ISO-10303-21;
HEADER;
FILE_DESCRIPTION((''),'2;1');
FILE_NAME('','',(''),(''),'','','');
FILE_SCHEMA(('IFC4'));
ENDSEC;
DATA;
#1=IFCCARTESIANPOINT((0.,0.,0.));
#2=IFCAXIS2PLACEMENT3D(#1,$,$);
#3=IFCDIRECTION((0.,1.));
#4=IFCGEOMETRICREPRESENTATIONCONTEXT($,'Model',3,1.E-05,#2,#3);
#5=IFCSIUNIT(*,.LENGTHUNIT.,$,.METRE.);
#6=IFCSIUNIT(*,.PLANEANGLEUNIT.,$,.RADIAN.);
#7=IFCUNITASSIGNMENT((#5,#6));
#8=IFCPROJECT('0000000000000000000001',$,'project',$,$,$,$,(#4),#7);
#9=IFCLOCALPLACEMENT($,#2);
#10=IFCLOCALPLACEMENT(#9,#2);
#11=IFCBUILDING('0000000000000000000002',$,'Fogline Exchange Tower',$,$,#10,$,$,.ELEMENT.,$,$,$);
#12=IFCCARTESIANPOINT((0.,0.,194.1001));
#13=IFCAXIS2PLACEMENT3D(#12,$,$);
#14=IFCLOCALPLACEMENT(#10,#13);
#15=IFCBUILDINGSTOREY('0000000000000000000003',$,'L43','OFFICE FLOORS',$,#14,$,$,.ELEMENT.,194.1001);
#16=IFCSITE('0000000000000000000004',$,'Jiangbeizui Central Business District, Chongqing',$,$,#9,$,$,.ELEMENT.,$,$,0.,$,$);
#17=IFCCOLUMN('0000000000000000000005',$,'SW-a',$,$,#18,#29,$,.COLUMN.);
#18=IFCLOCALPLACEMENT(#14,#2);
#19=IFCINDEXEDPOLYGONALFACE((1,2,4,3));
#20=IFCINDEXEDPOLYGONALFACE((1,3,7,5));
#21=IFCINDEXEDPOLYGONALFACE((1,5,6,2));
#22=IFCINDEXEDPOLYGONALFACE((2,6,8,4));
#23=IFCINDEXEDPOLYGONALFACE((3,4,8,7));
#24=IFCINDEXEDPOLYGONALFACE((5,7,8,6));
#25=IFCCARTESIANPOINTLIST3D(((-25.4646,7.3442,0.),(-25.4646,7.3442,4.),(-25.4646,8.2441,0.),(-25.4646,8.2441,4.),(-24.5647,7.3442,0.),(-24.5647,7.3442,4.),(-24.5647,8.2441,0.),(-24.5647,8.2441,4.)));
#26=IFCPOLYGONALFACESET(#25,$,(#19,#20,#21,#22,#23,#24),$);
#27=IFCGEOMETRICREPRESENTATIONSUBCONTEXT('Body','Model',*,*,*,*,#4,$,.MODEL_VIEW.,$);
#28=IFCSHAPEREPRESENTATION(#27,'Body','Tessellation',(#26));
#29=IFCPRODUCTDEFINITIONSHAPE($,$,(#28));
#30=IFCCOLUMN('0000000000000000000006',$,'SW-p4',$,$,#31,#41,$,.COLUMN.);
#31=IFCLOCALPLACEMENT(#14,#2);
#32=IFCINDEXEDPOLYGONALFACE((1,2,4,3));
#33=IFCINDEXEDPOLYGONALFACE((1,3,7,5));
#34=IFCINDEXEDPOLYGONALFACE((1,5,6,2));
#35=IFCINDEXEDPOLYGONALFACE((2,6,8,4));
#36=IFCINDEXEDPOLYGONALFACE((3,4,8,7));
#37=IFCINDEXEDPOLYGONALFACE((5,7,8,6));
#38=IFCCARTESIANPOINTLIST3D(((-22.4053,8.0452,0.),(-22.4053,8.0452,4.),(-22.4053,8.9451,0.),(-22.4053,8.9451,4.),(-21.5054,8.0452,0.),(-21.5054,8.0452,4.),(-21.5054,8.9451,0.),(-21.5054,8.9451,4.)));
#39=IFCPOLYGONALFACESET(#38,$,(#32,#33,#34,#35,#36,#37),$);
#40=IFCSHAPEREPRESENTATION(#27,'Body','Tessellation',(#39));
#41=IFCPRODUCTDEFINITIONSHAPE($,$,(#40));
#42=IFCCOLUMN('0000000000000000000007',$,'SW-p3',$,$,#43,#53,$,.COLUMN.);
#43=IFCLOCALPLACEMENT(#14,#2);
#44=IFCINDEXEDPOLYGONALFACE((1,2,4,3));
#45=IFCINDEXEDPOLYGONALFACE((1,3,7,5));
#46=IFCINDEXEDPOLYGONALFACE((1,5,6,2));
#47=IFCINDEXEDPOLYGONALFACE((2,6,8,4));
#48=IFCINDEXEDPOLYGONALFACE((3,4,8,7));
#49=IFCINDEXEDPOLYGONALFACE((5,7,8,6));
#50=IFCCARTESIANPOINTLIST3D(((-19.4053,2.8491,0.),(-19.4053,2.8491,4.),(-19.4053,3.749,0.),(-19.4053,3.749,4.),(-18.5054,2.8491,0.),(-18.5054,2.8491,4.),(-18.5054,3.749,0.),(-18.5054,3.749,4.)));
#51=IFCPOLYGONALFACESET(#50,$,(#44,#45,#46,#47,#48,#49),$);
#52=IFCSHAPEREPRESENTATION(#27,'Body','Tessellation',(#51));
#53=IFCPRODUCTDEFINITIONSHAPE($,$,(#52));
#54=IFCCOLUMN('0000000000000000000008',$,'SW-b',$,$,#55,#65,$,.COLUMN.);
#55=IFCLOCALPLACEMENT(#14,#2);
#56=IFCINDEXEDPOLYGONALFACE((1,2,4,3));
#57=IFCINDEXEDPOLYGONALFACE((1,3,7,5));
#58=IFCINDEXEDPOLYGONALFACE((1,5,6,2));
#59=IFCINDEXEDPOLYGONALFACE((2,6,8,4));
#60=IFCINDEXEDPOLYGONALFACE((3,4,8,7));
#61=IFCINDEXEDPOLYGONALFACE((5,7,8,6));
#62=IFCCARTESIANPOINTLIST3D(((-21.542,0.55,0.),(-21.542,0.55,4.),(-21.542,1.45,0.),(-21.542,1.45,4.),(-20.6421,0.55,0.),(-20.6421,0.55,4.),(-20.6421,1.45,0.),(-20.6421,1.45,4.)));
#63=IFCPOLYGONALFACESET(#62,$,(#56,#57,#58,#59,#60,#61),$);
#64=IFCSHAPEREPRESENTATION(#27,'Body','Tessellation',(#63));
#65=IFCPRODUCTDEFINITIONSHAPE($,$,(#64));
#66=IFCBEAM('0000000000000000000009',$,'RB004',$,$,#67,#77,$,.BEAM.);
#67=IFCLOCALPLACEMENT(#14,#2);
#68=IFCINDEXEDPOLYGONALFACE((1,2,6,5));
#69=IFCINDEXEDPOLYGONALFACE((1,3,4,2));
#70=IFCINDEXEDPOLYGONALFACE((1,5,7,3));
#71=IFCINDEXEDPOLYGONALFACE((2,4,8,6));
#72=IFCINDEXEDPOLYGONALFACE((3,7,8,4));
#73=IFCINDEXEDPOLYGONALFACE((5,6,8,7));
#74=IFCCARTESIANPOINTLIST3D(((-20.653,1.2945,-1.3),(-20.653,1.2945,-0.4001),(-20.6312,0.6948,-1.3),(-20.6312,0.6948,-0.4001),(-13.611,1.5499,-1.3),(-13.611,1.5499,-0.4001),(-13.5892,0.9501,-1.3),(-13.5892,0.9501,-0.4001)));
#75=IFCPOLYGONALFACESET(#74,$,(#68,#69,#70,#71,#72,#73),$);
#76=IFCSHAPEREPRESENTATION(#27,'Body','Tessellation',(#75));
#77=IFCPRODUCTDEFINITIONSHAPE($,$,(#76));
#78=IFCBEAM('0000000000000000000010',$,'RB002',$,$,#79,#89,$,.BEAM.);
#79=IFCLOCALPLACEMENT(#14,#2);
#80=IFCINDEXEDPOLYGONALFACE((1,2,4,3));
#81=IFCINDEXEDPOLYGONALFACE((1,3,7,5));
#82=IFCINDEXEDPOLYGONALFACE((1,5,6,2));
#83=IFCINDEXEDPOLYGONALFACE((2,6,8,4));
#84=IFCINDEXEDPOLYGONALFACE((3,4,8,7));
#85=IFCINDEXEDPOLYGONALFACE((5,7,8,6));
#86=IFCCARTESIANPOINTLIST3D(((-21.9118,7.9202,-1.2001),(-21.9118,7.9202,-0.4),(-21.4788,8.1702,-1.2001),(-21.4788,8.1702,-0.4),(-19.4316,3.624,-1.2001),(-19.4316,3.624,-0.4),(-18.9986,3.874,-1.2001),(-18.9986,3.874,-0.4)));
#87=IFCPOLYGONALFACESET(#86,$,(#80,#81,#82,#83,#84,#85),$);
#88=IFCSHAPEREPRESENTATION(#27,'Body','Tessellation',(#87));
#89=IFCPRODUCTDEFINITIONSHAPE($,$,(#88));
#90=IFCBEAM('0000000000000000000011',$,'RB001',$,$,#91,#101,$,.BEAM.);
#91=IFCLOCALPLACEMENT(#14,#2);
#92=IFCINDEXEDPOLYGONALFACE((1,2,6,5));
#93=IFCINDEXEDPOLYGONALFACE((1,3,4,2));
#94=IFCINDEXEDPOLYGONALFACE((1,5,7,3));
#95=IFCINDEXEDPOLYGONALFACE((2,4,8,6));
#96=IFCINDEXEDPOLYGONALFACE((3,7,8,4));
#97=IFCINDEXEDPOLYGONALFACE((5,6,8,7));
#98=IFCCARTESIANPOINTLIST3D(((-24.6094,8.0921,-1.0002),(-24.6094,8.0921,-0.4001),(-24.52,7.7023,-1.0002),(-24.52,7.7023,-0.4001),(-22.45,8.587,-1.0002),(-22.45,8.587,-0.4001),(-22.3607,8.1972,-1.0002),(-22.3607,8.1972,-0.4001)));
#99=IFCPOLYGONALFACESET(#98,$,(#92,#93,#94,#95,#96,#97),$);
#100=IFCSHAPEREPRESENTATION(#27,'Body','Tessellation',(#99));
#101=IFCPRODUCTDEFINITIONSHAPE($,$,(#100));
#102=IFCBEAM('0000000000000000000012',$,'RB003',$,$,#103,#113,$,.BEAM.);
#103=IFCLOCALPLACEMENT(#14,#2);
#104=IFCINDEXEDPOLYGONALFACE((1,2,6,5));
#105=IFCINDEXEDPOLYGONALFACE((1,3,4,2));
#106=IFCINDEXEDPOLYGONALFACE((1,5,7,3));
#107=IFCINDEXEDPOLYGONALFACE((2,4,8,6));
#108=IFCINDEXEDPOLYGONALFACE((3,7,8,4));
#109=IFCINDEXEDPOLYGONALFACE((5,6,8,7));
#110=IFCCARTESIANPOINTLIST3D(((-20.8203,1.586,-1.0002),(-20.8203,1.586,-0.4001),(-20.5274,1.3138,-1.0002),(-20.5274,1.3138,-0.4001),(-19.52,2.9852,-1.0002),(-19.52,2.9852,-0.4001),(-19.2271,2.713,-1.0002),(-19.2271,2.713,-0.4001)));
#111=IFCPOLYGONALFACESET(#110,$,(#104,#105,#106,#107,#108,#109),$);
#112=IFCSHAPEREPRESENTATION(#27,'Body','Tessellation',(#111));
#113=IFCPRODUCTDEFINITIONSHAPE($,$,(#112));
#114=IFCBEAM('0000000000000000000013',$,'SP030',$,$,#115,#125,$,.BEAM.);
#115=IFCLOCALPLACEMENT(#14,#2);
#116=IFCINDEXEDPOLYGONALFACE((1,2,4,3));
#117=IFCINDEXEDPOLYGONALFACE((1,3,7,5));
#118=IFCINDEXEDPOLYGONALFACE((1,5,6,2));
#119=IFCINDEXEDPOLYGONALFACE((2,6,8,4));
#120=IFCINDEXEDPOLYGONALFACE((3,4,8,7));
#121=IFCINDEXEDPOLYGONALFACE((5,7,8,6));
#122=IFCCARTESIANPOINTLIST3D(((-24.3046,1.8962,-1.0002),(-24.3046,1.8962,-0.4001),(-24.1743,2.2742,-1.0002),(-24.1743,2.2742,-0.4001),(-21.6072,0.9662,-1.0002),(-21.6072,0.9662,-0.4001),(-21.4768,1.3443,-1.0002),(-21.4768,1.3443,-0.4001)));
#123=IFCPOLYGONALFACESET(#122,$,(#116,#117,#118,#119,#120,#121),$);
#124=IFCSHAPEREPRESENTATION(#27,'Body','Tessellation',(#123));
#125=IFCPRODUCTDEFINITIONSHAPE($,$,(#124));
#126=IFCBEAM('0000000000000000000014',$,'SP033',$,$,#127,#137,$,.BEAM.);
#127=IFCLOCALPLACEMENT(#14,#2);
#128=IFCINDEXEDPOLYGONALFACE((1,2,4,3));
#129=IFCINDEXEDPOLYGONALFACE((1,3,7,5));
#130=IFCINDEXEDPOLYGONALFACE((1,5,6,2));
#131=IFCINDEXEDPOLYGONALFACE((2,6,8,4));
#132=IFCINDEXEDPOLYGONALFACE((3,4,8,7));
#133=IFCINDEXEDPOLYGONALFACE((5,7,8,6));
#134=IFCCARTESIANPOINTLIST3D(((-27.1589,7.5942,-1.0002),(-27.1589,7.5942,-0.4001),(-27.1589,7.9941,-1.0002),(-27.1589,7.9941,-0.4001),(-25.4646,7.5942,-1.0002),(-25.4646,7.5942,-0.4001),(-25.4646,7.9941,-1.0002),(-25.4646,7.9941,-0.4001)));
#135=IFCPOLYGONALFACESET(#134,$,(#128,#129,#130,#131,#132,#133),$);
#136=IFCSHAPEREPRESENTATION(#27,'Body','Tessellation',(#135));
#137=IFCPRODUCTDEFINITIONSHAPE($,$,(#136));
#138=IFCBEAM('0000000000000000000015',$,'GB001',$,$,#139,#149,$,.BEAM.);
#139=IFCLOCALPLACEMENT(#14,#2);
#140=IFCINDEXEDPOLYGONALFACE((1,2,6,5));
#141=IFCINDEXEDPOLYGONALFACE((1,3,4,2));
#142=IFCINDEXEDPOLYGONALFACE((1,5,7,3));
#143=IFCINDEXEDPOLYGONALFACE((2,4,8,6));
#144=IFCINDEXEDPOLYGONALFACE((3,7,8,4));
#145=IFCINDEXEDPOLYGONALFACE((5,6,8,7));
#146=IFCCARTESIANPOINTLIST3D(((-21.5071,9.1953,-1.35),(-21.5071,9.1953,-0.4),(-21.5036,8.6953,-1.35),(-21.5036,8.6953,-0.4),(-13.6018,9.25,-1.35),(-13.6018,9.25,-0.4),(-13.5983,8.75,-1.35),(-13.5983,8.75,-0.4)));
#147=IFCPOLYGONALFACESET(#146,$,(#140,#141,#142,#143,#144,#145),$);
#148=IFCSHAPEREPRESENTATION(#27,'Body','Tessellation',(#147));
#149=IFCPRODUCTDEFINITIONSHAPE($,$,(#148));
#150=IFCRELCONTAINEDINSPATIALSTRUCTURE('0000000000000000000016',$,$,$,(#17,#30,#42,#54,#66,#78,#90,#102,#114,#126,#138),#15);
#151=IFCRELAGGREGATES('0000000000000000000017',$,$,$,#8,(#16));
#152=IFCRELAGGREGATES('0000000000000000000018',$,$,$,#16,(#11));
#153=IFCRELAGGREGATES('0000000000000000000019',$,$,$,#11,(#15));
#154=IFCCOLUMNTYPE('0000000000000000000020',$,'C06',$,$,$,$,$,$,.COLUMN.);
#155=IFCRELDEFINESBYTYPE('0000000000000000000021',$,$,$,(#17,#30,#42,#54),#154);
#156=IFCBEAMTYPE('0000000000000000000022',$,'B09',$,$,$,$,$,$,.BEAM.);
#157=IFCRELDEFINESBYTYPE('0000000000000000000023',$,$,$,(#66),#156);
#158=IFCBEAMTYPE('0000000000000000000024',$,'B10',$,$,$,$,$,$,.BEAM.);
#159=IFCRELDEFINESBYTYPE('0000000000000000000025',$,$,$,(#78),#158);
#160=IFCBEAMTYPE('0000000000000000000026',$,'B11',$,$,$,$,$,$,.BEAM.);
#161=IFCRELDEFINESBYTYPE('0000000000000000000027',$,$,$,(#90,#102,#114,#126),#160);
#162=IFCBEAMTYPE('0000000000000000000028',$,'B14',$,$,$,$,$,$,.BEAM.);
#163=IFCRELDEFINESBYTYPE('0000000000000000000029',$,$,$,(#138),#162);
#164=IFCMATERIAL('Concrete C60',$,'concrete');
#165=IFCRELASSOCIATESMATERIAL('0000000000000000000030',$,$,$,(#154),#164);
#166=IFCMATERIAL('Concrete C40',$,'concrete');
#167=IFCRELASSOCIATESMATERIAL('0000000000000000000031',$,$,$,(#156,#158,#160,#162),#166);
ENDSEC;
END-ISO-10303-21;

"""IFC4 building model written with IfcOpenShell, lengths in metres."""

from ifc_helpers import new_model, si_unit, direction, frame, origin, origin_2d, place, context, subcontext, project, spatial, rectangle, extrude, material, material_profile, profile_set, type_object, element, save


model = new_model("IFC4")

# Units and contexts
model_context = context("Model", 3, precision=1e-05, world=origin(), true_north=direction((0.0, 1.0)))
body_context = subcontext(model_context, "Body", "Model", "MODEL_VIEW")
ifc_project = project(units=[si_unit("LENGTHUNIT", "METRE"), si_unit("PLANEANGLEUNIT", "RADIAN")], contexts=[model_context])

# Site, building, storey
site_placement = place(None, origin())
site = spatial("IfcSite", under=ifc_project, at=site_placement, Name="Jiangbeizui Central Business District, Chongqing", CompositionType="ELEMENT", RefElevation=0.0)
building_placement = place(site_placement, origin())
building = spatial("IfcBuilding", under=site, at=building_placement, Name="Fogline Exchange Tower", CompositionType="ELEMENT")
storey_placement = place(building_placement, frame((0.0, 0.0, 194.1001)))
storey = spatial("IfcBuildingStorey", under=building, at=storey_placement, Name="L43", Description="OFFICE FLOORS", CompositionType="ELEMENT", Elevation=194.1001)

# Columns
ifc_material_1 = material(Name="Concrete C60", Category="concrete")
ifc_material_profile_1 = material_profile(ifc_material_1, rectangle(XDim=0.8999, YDim=0.8999, at=origin_2d()), Name="RC 900x900")
ifc_profile_set_1 = profile_set([ifc_material_profile_1], Name="Concrete C60")
column_type = type_object("IfcColumnType", Name="C06", PredefinedType="COLUMN", material=ifc_profile_set_1)
for number, where, z_axis, x_axis, name in (
    (1, (-25.0146, 7.7942, 0.0), (0.0, 0.0, 1.0), (1.0, 0.0, 0.0), "SW-a"),
    (2, (-21.9553, 8.4951, 0.0), (0.0, 0.0, 1.0), (1.0, 0.0, 0.0), "SW-p4"),
    (3, (-18.9553, 3.2991, 0.0), (0.0, 0.0, 1.0), (1.0, 0.0, 0.0), "SW-p3"),
    (4, (-21.092, 1.0, 0.0), (0.0, 0.0, 1.0), (1.0, 0.0, 0.0), "SW-b"),
):
    element("IfcColumn", number, at=place(storey_placement, frame(where, z_axis=z_axis, x_axis=x_axis)), inside=storey, type_object=column_type, Name=name, PredefinedType="COLUMN", context=body_context, shape_type="SweptSolid", body=[
        extrude(rectangle(XDim=0.8999, YDim=0.8999, at=origin_2d()), origin(), (0.0, 0.0, 1.0), 4.0),
    ])

# Beams
ifc_material_2 = material(Name="Concrete C40", Category="concrete")
ifc_material_profile_2 = material_profile(ifc_material_2, rectangle(XDim=0.6001, YDim=0.8999, at=origin_2d()), Name="RC 600x900")
ifc_profile_set_2 = profile_set([ifc_material_profile_2], Name="Concrete C40")
beam_type_1 = type_object("IfcBeamType", Name="B09", PredefinedType="BEAM", material=ifc_profile_set_2)
beam_1_placement = place(storey_placement, frame((-20.6421, 0.9946, -0.8501), z_axis=(0.999343, 0.03624, 0.0), x_axis=(-0.03624, 0.999343, 0.0)))
element("IfcBeam", 5, at=beam_1_placement, inside=storey, type_object=beam_type_1, Name="RB004", PredefinedType="BEAM", context=body_context, shape_type="SweptSolid", body=[
    extrude(rectangle(XDim=0.6001, YDim=0.8999, at=origin_2d()), origin(), (0.0, 0.0, 1.0), 7.0466),
])
ifc_material_profile_3 = material_profile(ifc_material_2, rectangle(XDim=0.5, YDim=0.8, at=origin_2d()), Name="RC 500x800")
ifc_profile_set_3 = profile_set([ifc_material_profile_3], Name="Concrete C40")
beam_type_2 = type_object("IfcBeamType", Name="B10", PredefinedType="BEAM", material=ifc_profile_set_3)
beam_2_placement = place(storey_placement, frame((-21.6953, 8.0452, -0.8), z_axis=(0.499977, -0.866039, 0.0), x_axis=(0.866039, 0.499977, 0.0)))
element("IfcBeam", 6, at=beam_2_placement, inside=storey, type_object=beam_type_2, Name="RB002", PredefinedType="BEAM", context=body_context, shape_type="SweptSolid", body=[
    extrude(rectangle(XDim=0.5, YDim=0.8, at=origin_2d()), origin(), (0.0, 0.0, 1.0), 4.9607),
])
ifc_material_profile_4 = material_profile(ifc_material_2, rectangle(XDim=0.3999, YDim=0.6001, at=origin_2d()), Name="RC 400x600")
ifc_profile_set_4 = profile_set([ifc_material_profile_4], Name="Concrete C40")
beam_type_3 = type_object("IfcBeamType", Name="B11", PredefinedType="BEAM", material=ifc_profile_set_4)
beam_3_placement = place(storey_placement, frame((-24.5647, 7.8972, -0.7002), z_axis=(0.974732, 0.223378, 0.0), x_axis=(-0.223378, 0.974732, 0.0)))
element("IfcBeam", 7, at=beam_3_placement, inside=storey, type_object=beam_type_3, Name="RB001", PredefinedType="BEAM", context=body_context, shape_type="SweptSolid", body=[
    extrude(rectangle(XDim=0.3999, YDim=0.6001, at=origin_2d()), origin(), (0.0, 0.0, 1.0), 2.2153),
])
beam_4_placement = place(storey_placement, frame((-19.3735, 2.8491, -0.7002), z_axis=(-0.68075, -0.732516, 0.0), x_axis=(0.732516, -0.68075, 0.0)))
element("IfcBeam", 8, at=beam_4_placement, inside=storey, type_object=beam_type_3, Name="RB003", PredefinedType="BEAM", context=body_context, shape_type="SweptSolid", body=[
    extrude(rectangle(XDim=0.3999, YDim=0.6001, at=origin_2d()), origin(), (0.0, 0.0, 1.0), 1.9102),
])
beam_5_placement = place(storey_placement, frame((-21.542, 1.1553, -0.7002), z_axis=(-0.945399, 0.325914, 0.0), x_axis=(-0.325914, -0.945399, 0.0)))
element("IfcBeam", 9, at=beam_5_placement, inside=storey, type_object=beam_type_3, Name="SP030", PredefinedType="BEAM", context=body_context, shape_type="SweptSolid", body=[
    extrude(rectangle(XDim=0.3999, YDim=0.6001, at=origin_2d()), origin(), (0.0, 0.0, 1.0), 2.8533),
])
beam_6_placement = place(storey_placement, frame((-25.4646, 7.7942, -0.7002), z_axis=(-1.0, 0.0, 0.0), x_axis=(0.0, -1.0, 0.0)))
element("IfcBeam", 10, at=beam_6_placement, inside=storey, type_object=beam_type_3, Name="SP033", PredefinedType="BEAM", context=body_context, shape_type="SweptSolid", body=[
    extrude(rectangle(XDim=0.3999, YDim=0.6001, at=origin_2d()), origin(), (0.0, 0.0, 1.0), 1.6943),
])
ifc_material_profile_5 = material_profile(ifc_material_2, rectangle(XDim=0.5, YDim=0.95, at=origin_2d()), Name="RC 500x950")
ifc_profile_set_5 = profile_set([ifc_material_profile_5], Name="Concrete C40")
beam_type_4 = type_object("IfcBeamType", Name="B14", PredefinedType="BEAM", material=ifc_profile_set_5)
beam_7_placement = place(storey_placement, frame((-21.5054, 8.9453, -0.875), z_axis=(0.999976, 0.006918, 0.0), x_axis=(-0.006918, 0.999976, 0.0)))
element("IfcBeam", 11, at=beam_7_placement, inside=storey, type_object=beam_type_4, Name="GB001", PredefinedType="BEAM", context=body_context, shape_type="SweptSolid", body=[
    extrude(rectangle(XDim=0.5, YDim=0.95, at=origin_2d()), origin(), (0.0, 0.0, 1.0), 7.9055),
])

save(model, "model.ifc")
